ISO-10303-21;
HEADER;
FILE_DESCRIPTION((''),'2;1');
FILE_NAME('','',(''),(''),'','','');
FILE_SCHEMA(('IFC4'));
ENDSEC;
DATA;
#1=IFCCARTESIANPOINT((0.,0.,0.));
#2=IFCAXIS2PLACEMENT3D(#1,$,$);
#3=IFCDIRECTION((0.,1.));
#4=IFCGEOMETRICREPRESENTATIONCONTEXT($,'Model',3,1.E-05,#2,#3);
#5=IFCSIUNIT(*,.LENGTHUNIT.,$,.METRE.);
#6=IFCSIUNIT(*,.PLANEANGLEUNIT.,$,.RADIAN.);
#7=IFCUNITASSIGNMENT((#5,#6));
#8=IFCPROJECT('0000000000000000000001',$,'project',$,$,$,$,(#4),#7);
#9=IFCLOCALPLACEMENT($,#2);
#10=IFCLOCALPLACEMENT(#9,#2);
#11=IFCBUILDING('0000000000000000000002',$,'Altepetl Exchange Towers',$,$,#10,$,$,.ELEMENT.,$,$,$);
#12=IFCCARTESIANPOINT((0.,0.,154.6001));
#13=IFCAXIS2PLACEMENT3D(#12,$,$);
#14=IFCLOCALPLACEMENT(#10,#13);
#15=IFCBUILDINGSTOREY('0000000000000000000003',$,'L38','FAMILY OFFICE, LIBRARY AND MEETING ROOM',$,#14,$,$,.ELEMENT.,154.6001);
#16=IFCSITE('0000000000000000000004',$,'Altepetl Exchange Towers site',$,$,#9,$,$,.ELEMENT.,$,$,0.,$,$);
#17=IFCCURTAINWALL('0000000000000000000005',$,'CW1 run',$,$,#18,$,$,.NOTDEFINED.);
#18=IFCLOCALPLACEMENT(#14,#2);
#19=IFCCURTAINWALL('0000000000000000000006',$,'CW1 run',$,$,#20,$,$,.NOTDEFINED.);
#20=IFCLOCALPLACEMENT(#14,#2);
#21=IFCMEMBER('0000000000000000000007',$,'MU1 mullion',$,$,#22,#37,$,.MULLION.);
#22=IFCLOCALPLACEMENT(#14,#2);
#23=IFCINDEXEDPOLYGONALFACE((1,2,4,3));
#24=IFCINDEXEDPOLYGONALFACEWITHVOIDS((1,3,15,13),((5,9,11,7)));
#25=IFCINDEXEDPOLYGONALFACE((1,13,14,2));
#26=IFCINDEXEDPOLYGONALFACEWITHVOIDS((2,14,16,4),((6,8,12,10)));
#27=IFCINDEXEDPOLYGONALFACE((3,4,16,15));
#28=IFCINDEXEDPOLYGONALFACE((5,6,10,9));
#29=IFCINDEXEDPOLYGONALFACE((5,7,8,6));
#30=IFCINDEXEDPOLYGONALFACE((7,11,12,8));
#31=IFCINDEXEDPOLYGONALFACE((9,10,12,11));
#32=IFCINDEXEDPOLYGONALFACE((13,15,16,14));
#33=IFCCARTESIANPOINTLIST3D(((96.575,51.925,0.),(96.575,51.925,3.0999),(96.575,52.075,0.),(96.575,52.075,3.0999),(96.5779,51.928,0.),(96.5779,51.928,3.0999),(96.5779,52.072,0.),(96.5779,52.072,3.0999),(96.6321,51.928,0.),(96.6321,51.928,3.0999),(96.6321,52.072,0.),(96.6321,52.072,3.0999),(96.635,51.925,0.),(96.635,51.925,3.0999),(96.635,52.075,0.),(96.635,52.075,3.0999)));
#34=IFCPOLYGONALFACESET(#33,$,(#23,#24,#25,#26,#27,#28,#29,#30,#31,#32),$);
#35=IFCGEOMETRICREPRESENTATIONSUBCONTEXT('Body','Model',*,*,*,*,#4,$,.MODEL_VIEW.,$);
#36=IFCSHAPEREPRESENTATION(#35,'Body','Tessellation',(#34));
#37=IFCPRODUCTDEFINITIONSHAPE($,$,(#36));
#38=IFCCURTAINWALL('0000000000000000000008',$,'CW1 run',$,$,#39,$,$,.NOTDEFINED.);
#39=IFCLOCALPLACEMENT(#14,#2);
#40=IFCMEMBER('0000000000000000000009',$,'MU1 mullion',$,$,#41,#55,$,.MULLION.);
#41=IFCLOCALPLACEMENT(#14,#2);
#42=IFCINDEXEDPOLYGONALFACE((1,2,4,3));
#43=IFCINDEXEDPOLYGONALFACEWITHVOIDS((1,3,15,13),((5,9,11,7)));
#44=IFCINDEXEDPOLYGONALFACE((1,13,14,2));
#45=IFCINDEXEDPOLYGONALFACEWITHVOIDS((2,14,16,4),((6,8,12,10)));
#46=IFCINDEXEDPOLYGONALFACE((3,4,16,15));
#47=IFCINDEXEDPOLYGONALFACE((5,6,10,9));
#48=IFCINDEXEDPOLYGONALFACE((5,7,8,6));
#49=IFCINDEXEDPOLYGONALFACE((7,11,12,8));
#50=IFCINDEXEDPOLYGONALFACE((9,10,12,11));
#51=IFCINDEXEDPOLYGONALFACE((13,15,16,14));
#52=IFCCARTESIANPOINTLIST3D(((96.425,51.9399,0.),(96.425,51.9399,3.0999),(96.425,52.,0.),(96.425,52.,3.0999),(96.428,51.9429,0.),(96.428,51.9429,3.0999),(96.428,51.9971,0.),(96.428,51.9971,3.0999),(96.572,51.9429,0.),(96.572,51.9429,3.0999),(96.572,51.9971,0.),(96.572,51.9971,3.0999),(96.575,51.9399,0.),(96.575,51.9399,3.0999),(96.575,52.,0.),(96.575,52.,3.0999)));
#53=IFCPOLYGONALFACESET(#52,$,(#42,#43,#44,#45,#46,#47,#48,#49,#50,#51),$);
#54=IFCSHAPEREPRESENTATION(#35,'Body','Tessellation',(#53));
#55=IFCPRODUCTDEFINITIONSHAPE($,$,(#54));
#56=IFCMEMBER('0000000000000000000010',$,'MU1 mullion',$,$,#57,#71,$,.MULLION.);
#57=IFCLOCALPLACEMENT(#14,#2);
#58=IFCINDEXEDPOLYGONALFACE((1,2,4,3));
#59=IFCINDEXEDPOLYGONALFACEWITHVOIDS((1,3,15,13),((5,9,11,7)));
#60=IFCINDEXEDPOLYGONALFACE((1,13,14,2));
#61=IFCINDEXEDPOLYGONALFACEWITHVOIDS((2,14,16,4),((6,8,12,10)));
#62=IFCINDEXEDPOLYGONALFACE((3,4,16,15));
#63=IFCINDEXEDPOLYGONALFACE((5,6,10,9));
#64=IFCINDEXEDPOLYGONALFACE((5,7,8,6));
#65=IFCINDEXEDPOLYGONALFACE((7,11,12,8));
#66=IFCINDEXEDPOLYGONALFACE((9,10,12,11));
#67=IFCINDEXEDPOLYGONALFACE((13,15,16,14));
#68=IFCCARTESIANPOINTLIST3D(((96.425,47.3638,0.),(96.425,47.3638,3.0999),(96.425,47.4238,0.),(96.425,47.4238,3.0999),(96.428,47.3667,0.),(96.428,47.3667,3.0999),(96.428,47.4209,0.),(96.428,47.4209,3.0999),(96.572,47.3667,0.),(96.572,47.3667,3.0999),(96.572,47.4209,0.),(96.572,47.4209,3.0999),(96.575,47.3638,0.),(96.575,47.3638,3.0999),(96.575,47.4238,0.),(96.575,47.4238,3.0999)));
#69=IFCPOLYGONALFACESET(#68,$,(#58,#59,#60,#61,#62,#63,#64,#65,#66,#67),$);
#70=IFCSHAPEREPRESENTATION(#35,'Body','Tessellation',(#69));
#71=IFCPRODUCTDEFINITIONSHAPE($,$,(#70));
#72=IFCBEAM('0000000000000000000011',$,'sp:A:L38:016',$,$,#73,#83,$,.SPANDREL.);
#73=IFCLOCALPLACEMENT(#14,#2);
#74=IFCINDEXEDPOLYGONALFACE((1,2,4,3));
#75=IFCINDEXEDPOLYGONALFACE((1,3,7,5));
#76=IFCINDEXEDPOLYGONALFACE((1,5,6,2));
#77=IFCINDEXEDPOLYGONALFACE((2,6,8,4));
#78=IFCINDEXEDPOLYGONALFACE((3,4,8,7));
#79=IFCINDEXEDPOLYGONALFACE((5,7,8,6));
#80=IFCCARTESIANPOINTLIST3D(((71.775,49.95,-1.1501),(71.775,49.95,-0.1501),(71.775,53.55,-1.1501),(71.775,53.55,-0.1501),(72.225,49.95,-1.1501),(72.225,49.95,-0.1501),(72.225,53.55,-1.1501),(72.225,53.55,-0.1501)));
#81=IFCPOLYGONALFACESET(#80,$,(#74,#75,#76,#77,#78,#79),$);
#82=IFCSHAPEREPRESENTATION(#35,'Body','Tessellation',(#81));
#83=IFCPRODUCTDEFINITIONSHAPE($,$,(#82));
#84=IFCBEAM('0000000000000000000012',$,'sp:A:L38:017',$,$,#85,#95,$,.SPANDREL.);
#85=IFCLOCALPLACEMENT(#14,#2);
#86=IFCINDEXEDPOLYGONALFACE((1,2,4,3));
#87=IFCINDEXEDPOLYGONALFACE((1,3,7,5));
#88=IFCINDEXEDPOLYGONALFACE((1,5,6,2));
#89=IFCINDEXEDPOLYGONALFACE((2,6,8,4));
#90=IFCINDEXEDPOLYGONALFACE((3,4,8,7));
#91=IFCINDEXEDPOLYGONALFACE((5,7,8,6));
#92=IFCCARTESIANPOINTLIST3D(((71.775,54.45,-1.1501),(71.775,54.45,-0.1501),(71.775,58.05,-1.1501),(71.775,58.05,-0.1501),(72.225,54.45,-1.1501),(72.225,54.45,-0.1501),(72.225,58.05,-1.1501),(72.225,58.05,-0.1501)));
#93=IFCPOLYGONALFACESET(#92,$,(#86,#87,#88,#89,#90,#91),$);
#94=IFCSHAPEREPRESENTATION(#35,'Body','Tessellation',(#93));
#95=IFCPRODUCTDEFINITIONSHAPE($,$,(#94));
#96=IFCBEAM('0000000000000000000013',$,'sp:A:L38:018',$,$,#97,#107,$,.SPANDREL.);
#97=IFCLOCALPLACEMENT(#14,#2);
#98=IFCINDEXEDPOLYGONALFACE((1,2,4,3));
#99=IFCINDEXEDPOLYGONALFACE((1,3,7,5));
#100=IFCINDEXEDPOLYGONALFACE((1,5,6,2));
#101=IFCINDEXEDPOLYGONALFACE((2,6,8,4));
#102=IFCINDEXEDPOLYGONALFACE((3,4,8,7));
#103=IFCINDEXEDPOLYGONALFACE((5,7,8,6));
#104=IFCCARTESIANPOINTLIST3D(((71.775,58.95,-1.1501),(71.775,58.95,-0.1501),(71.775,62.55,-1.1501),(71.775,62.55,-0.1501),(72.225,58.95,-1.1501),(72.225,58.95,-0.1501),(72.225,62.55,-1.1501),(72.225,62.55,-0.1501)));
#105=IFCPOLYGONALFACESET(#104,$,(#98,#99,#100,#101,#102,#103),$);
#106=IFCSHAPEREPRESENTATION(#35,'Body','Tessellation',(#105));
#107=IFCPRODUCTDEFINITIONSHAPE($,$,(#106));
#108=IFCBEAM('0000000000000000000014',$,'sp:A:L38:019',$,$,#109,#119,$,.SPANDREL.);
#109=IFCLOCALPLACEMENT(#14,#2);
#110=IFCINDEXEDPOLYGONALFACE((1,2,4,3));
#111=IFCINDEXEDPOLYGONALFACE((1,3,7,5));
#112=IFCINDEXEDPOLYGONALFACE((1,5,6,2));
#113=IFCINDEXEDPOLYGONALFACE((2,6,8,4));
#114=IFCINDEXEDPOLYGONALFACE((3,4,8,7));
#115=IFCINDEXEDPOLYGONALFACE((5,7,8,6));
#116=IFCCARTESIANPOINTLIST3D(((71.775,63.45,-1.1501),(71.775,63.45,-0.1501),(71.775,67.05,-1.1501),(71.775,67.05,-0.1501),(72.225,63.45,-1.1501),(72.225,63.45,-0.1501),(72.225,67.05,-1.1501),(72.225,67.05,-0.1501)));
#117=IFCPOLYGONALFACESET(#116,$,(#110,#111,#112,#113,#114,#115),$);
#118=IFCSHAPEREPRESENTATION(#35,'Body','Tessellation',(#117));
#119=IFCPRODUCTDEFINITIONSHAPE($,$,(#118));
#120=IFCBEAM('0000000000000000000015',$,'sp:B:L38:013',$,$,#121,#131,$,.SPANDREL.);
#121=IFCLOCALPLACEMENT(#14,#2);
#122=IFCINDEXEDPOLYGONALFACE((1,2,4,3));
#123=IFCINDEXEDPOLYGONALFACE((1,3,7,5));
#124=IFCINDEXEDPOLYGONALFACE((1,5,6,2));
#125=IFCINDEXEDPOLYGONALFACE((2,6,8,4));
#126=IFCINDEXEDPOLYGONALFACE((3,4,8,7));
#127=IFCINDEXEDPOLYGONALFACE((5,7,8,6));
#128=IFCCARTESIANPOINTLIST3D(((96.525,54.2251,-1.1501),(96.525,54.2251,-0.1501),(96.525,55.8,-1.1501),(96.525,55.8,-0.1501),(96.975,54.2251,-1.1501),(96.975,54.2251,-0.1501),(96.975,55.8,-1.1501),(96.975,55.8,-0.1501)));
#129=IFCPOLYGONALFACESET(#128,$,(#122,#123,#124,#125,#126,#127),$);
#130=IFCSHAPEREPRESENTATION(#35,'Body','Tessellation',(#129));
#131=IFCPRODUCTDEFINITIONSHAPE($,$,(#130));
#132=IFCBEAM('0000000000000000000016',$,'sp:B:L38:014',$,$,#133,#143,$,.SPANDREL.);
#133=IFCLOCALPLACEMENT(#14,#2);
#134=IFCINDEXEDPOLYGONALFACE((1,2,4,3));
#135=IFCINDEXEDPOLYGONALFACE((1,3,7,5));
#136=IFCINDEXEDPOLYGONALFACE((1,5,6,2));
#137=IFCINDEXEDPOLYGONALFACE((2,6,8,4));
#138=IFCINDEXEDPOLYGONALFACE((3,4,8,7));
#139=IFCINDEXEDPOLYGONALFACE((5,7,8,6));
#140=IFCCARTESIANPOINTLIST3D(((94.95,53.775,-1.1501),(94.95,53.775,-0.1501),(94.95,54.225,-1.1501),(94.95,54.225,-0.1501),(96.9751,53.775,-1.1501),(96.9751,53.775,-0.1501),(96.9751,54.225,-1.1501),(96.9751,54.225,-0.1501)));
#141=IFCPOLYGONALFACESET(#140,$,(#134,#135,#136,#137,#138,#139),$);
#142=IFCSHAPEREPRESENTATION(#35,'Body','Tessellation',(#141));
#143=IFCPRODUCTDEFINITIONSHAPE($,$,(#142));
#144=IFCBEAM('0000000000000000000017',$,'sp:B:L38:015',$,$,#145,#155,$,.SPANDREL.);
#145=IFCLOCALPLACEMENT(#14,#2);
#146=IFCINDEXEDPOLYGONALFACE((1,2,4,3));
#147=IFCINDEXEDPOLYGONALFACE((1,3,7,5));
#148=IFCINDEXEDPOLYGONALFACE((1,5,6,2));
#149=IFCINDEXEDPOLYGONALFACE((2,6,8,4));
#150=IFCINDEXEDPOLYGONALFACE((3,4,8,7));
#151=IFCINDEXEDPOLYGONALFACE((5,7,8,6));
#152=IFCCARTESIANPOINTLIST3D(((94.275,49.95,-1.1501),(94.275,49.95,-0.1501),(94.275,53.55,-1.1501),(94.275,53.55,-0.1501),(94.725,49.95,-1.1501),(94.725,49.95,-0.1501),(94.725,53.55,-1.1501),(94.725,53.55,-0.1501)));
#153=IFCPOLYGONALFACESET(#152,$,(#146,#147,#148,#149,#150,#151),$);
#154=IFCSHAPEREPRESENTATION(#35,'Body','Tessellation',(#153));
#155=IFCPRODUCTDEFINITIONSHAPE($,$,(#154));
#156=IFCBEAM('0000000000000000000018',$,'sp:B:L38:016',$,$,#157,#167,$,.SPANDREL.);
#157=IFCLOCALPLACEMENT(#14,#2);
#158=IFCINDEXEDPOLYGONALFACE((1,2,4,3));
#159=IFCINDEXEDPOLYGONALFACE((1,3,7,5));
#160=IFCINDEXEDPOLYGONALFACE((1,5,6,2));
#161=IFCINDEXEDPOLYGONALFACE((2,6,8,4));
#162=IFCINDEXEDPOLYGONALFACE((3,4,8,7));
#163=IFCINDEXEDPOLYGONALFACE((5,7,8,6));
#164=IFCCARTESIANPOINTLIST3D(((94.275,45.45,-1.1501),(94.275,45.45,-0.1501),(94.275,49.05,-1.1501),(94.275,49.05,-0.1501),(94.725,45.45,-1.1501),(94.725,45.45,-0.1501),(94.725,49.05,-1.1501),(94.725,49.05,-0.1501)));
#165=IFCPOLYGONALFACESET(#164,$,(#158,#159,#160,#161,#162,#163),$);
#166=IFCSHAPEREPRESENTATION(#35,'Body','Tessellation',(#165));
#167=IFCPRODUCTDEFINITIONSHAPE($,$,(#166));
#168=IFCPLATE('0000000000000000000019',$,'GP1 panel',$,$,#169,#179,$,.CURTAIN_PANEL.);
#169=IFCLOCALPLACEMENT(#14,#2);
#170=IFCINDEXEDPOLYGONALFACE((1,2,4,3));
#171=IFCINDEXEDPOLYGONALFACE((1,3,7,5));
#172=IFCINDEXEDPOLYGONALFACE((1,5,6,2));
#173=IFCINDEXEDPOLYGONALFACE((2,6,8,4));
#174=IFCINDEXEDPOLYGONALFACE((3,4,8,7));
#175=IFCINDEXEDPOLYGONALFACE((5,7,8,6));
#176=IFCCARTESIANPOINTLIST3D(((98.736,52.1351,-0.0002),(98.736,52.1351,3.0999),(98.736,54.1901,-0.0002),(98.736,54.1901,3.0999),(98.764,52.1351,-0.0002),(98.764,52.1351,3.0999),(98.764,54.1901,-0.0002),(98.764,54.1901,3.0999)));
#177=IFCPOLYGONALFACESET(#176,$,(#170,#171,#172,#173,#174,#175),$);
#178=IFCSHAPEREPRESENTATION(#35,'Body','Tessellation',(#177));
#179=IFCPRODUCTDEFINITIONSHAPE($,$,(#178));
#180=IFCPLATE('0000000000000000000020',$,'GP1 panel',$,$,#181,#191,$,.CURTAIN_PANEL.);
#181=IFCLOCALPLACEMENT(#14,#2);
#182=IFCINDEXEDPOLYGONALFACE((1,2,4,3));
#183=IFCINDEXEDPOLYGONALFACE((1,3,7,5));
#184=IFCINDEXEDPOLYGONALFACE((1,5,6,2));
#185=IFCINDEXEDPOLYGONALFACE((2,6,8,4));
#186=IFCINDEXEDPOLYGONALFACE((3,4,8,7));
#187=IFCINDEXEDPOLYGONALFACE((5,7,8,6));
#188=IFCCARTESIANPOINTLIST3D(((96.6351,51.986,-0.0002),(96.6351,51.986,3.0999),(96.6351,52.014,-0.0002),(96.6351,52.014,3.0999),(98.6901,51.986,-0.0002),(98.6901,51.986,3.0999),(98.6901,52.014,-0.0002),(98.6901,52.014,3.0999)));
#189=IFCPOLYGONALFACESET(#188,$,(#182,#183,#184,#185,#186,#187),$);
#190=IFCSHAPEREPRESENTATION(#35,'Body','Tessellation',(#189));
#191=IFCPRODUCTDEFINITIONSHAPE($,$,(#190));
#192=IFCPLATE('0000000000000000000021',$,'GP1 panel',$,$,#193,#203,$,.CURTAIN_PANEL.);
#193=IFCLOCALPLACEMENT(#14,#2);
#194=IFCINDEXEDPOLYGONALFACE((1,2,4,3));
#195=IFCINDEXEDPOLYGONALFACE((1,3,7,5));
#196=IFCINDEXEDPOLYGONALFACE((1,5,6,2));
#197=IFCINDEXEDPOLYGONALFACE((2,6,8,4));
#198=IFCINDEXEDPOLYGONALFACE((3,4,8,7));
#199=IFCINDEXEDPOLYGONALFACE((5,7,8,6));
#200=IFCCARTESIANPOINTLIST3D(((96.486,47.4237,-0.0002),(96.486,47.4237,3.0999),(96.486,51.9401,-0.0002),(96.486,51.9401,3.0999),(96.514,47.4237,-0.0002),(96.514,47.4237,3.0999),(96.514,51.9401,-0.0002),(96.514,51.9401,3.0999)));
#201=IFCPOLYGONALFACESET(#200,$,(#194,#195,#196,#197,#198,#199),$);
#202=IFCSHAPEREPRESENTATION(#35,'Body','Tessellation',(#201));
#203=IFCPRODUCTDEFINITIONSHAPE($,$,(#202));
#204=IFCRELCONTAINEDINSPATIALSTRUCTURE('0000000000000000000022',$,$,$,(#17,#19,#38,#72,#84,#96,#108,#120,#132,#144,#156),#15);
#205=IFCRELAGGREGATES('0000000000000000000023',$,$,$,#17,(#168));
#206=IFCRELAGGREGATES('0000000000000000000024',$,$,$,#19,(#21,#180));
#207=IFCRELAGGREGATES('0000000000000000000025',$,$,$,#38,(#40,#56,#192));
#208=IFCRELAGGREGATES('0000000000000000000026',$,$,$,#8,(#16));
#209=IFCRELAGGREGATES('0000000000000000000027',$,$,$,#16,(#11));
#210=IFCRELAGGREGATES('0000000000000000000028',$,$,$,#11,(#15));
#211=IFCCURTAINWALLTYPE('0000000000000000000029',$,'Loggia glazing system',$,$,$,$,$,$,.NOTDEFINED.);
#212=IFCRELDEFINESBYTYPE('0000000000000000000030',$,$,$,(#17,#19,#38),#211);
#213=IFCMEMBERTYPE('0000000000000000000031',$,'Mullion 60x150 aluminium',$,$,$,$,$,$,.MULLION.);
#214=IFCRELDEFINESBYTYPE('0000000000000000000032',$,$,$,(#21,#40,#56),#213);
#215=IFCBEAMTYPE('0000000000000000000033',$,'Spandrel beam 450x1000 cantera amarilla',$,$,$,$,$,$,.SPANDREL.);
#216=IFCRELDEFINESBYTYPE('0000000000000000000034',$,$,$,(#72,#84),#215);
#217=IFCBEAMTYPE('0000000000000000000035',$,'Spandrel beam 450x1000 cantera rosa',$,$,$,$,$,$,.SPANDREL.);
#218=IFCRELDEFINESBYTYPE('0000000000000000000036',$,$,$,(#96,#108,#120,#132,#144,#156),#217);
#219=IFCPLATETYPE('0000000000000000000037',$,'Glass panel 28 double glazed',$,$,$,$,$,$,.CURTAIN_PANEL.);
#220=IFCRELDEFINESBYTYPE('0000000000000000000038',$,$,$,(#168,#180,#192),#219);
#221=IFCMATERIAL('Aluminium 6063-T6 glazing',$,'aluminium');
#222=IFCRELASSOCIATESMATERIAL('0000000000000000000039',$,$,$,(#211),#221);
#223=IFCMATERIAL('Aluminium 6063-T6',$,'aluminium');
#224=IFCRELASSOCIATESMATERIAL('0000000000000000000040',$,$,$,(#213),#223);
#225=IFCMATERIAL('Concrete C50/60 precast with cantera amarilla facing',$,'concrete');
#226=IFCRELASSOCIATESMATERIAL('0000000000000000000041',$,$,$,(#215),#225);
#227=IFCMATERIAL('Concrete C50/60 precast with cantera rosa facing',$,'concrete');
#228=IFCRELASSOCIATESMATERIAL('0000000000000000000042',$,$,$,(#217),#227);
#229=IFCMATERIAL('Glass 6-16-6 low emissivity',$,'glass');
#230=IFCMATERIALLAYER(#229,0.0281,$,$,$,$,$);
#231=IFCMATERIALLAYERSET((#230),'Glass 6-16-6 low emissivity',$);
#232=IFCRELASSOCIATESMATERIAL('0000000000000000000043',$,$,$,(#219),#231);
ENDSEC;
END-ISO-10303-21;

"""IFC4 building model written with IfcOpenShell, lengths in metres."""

from ifc_helpers import new_model, si_unit, direction, frame, origin, origin_2d, place, context, subcontext, project, spatial, rectangle, hollow_rectangle, extrude, material, layer, layer_set, material_profile, profile_set, type_object, element, aggregate, save


model = new_model("IFC4")

# Units and contexts
model_context = context("Model", 3, precision=1e-05, world=origin(), true_north=direction((0.0, 1.0)))
body_context = subcontext(model_context, "Body", "Model", "MODEL_VIEW")
ifc_project = project(units=[si_unit("LENGTHUNIT", "METRE"), si_unit("PLANEANGLEUNIT", "RADIAN")], contexts=[model_context])

# Site, building, storey
site_placement = place(None, origin())
site = spatial("IfcSite", under=ifc_project, at=site_placement, Name="Altepetl Exchange Towers site", CompositionType="ELEMENT", RefElevation=0.0)
building_placement = place(site_placement, origin())
building = spatial("IfcBuilding", under=site, at=building_placement, Name="Altepetl Exchange Towers", CompositionType="ELEMENT")
storey_placement = place(building_placement, frame((0.0, 0.0, 154.6001)))
storey = spatial("IfcBuildingStorey", under=building, at=storey_placement, Name="L38", Description="FAMILY OFFICE, LIBRARY AND MEETING ROOM", CompositionType="ELEMENT", Elevation=154.6001)

# Curtain walls, members
ifc_material_1 = material(Name="Aluminium 6063-T6 glazing", Category="aluminium")
curtain_wall_type = type_object("IfcCurtainWallType", Name="Loggia glazing system", PredefinedType="NOTDEFINED", material=ifc_material_1)
curtain_wall_1_placement = place(storey_placement, origin())
curtain_wall_1 = element("IfcCurtainWall", 1, at=curtain_wall_1_placement, inside=storey, type_object=curtain_wall_type, Name="CW1 run", PredefinedType="NOTDEFINED")
ifc_material_2 = material(Name="Aluminium 6063-T6", Category="aluminium")
ifc_material_profile_1 = material_profile(ifc_material_2, hollow_rectangle(XDim=0.0601, YDim=0.1499, WallThickness=0.0029, at=origin_2d()), Name="Mullion 60x150 aluminium")
ifc_profile_set_1 = profile_set([ifc_material_profile_1], Name="Aluminium 6063-T6")
member_type = type_object("IfcMemberType", Name="Mullion 60x150 aluminium", PredefinedType="MULLION", material=ifc_profile_set_1)
curtain_wall_2_placement = place(storey_placement, origin())
curtain_wall_2 = element("IfcCurtainWall", 2, at=curtain_wall_2_placement, inside=storey, type_object=curtain_wall_type, Name="CW1 run", PredefinedType="NOTDEFINED")
member_1_placement = place(storey_placement, frame((96.605, 52.0, 0.0), z_axis=(0.0, 0.0, 1.0), x_axis=(-1.0, 0.0, 0.0)))
member_1 = element("IfcMember", 3, at=member_1_placement, type_object=member_type, Name="MU1 mullion", PredefinedType="MULLION", context=body_context, shape_type="SweptSolid", body=[
    extrude(hollow_rectangle(XDim=0.0601, YDim=0.1499, WallThickness=0.0029, at=origin_2d()), origin(), (0.0, 0.0, 1.0), 3.0999),
])
curtain_wall_3_placement = place(storey_placement, origin())
curtain_wall_3 = element("IfcCurtainWall", 4, at=curtain_wall_3_placement, inside=storey, type_object=curtain_wall_type, Name="CW1 run", PredefinedType="NOTDEFINED")
member_2_placement = place(storey_placement, frame((96.5, 51.97, 0.0), z_axis=(0.0, 0.0, 1.0), x_axis=(0.0, -1.0, 0.0)))
member_2 = element("IfcMember", 5, at=member_2_placement, type_object=member_type, Name="MU1 mullion", PredefinedType="MULLION", context=body_context, shape_type="SweptSolid", body=[
    extrude(hollow_rectangle(XDim=0.0601, YDim=0.1499, WallThickness=0.0029, at=origin_2d()), origin(), (0.0, 0.0, 1.0), 3.0999),
])
member_3_placement = place(storey_placement, frame((96.5, 47.3938, 0.0), z_axis=(0.0, 0.0, 1.0), x_axis=(0.0, -1.0, 0.0)))
member_3 = element("IfcMember", 6, at=member_3_placement, type_object=member_type, Name="MU1 mullion", PredefinedType="MULLION", context=body_context, shape_type="SweptSolid", body=[
    extrude(hollow_rectangle(XDim=0.0601, YDim=0.1499, WallThickness=0.0029, at=origin_2d()), origin(), (0.0, 0.0, 1.0), 3.0999),
])

# Beams
ifc_material_3 = material(Name="Concrete C50/60 precast with cantera amarilla facing", Category="concrete")
ifc_material_profile_2 = material_profile(ifc_material_3, rectangle(XDim=0.45, YDim=1.0, at=origin_2d()), Name="450 x 1000")
ifc_profile_set_2 = profile_set([ifc_material_profile_2], Name="Concrete C50/60 precast with cantera amarilla facing")
beam_type_1 = type_object("IfcBeamType", Name="Spandrel beam 450x1000 cantera amarilla", PredefinedType="SPANDREL", material=ifc_profile_set_2)
for number, where, z_axis, x_axis, name in (
    (7, (72.0, 49.95, -0.6501), (0.0, 1.0, 0.0), (-1.0, 0.0, 0.0), "sp:A:L38:016"),
    (8, (72.0, 54.45, -0.6501), (0.0, 1.0, 0.0), (-1.0, 0.0, 0.0), "sp:A:L38:017"),
):
    element("IfcBeam", number, at=place(storey_placement, frame(where, z_axis=z_axis, x_axis=x_axis)), inside=storey, type_object=beam_type_1, Name=name, PredefinedType="SPANDREL", context=body_context, shape_type="SweptSolid", body=[
        extrude(rectangle(XDim=0.45, YDim=1.0, at=origin_2d()), origin(), (0.0, 0.0, 1.0), 3.6001),
    ])
ifc_material_4 = material(Name="Concrete C50/60 precast with cantera rosa facing", Category="concrete")
ifc_material_profile_3 = material_profile(ifc_material_4, rectangle(XDim=0.45, YDim=1.0, at=origin_2d()), Name="450 x 1000")
ifc_profile_set_3 = profile_set([ifc_material_profile_3], Name="Concrete C50/60 precast with cantera rosa facing")
beam_type_2 = type_object("IfcBeamType", Name="Spandrel beam 450x1000 cantera rosa", PredefinedType="SPANDREL", material=ifc_profile_set_3)
for number, where, z_axis, x_axis, name in (
    (9, (72.0, 58.95, -0.6501), (0.0, 1.0, 0.0), (-1.0, 0.0, 0.0), "sp:A:L38:018"),
    (10, (72.0, 63.45, -0.6501), (0.0, 1.0, 0.0), (-1.0, 0.0, 0.0), "sp:A:L38:019"),
):
    element("IfcBeam", number, at=place(storey_placement, frame(where, z_axis=z_axis, x_axis=x_axis)), inside=storey, type_object=beam_type_2, Name=name, PredefinedType="SPANDREL", context=body_context, shape_type="SweptSolid", body=[
        extrude(rectangle(XDim=0.45, YDim=1.0, at=origin_2d()), origin(), (0.0, 0.0, 1.0), 3.6001),
    ])
beam_1_placement = place(storey_placement, frame((96.75, 55.8, -0.6501), z_axis=(0.0, -1.0, 0.0), x_axis=(1.0, 0.0, 0.0)))
element("IfcBeam", 11, at=beam_1_placement, inside=storey, type_object=beam_type_2, Name="sp:B:L38:013", PredefinedType="SPANDREL", context=body_context, shape_type="SweptSolid", body=[
    extrude(rectangle(XDim=0.45, YDim=1.0, at=origin_2d()), origin(), (0.0, 0.0, 1.0), 1.575),
])
beam_2_placement = place(storey_placement, frame((96.9751, 54.0, -0.6501), z_axis=(-1.0, 0.0, 0.0), x_axis=(0.0, -1.0, 0.0)))
element("IfcBeam", 12, at=beam_2_placement, inside=storey, type_object=beam_type_2, Name="sp:B:L38:014", PredefinedType="SPANDREL", context=body_context, shape_type="SweptSolid", body=[
    extrude(rectangle(XDim=0.45, YDim=1.0, at=origin_2d()), origin(), (0.0, 0.0, 1.0), 2.0251),
])
for number, where, z_axis, x_axis, name in (
    (13, (94.5, 53.55, -0.6501), (0.0, -1.0, 0.0), (1.0, 0.0, 0.0), "sp:B:L38:015"),
    (14, (94.5, 49.05, -0.6501), (0.0, -1.0, 0.0), (1.0, 0.0, 0.0), "sp:B:L38:016"),
):
    element("IfcBeam", number, at=place(storey_placement, frame(where, z_axis=z_axis, x_axis=x_axis)), inside=storey, type_object=beam_type_2, Name=name, PredefinedType="SPANDREL", context=body_context, shape_type="SweptSolid", body=[
        extrude(rectangle(XDim=0.45, YDim=1.0, at=origin_2d()), origin(), (0.0, 0.0, 1.0), 3.6001),
    ])

# Plates
ifc_material_5 = material(Name="Glass 6-16-6 low emissivity", Category="glass")
ifc_layer = layer(ifc_material_5, 0.0281)
ifc_layer_set = layer_set([ifc_layer], Name="Glass 6-16-6 low emissivity")
plate_type = type_object("IfcPlateType", Name="Glass panel 28 double glazed", PredefinedType="CURTAIN_PANEL", material=ifc_layer_set)
plate_1_placement = place(storey_placement, frame((98.75, 53.1626, -0.0002), z_axis=(0.0, 0.0, 1.0), x_axis=(0.0, -1.0, 0.0)))
plate_1 = element("IfcPlate", 15, at=plate_1_placement, type_object=plate_type, Name="GP1 panel", PredefinedType="CURTAIN_PANEL", context=body_context, shape_type="SweptSolid", body=[
    extrude(rectangle(XDim=2.0549, YDim=0.0281, at=origin_2d()), origin(), (0.0, 0.0, 1.0), 3.1001),
])
aggregate(curtain_wall_1, [plate_1])
plate_2_placement = place(storey_placement, frame((97.6626, 52.0, -0.0002), z_axis=(0.0, 0.0, 1.0), x_axis=(-1.0, 0.0, 0.0)))
plate_2 = element("IfcPlate", 16, at=plate_2_placement, type_object=plate_type, Name="GP1 panel", PredefinedType="CURTAIN_PANEL", context=body_context, shape_type="SweptSolid", body=[
    extrude(rectangle(XDim=2.0549, YDim=0.0281, at=origin_2d()), origin(), (0.0, 0.0, 1.0), 3.1001),
])
aggregate(curtain_wall_2, [member_1, plate_2])
plate_3_placement = place(storey_placement, frame((96.5, 49.6819, -0.0002), z_axis=(0.0, 0.0, 1.0), x_axis=(0.0, -1.0, 0.0)))
plate_3 = element("IfcPlate", 17, at=plate_3_placement, type_object=plate_type, Name="GP1 panel", PredefinedType="CURTAIN_PANEL", context=body_context, shape_type="SweptSolid", body=[
    extrude(rectangle(XDim=4.5164, YDim=0.0281, at=origin_2d()), origin(), (0.0, 0.0, 1.0), 3.1001),
])
aggregate(curtain_wall_3, [member_2, member_3, plate_3])

save(model, "model.ifc")
